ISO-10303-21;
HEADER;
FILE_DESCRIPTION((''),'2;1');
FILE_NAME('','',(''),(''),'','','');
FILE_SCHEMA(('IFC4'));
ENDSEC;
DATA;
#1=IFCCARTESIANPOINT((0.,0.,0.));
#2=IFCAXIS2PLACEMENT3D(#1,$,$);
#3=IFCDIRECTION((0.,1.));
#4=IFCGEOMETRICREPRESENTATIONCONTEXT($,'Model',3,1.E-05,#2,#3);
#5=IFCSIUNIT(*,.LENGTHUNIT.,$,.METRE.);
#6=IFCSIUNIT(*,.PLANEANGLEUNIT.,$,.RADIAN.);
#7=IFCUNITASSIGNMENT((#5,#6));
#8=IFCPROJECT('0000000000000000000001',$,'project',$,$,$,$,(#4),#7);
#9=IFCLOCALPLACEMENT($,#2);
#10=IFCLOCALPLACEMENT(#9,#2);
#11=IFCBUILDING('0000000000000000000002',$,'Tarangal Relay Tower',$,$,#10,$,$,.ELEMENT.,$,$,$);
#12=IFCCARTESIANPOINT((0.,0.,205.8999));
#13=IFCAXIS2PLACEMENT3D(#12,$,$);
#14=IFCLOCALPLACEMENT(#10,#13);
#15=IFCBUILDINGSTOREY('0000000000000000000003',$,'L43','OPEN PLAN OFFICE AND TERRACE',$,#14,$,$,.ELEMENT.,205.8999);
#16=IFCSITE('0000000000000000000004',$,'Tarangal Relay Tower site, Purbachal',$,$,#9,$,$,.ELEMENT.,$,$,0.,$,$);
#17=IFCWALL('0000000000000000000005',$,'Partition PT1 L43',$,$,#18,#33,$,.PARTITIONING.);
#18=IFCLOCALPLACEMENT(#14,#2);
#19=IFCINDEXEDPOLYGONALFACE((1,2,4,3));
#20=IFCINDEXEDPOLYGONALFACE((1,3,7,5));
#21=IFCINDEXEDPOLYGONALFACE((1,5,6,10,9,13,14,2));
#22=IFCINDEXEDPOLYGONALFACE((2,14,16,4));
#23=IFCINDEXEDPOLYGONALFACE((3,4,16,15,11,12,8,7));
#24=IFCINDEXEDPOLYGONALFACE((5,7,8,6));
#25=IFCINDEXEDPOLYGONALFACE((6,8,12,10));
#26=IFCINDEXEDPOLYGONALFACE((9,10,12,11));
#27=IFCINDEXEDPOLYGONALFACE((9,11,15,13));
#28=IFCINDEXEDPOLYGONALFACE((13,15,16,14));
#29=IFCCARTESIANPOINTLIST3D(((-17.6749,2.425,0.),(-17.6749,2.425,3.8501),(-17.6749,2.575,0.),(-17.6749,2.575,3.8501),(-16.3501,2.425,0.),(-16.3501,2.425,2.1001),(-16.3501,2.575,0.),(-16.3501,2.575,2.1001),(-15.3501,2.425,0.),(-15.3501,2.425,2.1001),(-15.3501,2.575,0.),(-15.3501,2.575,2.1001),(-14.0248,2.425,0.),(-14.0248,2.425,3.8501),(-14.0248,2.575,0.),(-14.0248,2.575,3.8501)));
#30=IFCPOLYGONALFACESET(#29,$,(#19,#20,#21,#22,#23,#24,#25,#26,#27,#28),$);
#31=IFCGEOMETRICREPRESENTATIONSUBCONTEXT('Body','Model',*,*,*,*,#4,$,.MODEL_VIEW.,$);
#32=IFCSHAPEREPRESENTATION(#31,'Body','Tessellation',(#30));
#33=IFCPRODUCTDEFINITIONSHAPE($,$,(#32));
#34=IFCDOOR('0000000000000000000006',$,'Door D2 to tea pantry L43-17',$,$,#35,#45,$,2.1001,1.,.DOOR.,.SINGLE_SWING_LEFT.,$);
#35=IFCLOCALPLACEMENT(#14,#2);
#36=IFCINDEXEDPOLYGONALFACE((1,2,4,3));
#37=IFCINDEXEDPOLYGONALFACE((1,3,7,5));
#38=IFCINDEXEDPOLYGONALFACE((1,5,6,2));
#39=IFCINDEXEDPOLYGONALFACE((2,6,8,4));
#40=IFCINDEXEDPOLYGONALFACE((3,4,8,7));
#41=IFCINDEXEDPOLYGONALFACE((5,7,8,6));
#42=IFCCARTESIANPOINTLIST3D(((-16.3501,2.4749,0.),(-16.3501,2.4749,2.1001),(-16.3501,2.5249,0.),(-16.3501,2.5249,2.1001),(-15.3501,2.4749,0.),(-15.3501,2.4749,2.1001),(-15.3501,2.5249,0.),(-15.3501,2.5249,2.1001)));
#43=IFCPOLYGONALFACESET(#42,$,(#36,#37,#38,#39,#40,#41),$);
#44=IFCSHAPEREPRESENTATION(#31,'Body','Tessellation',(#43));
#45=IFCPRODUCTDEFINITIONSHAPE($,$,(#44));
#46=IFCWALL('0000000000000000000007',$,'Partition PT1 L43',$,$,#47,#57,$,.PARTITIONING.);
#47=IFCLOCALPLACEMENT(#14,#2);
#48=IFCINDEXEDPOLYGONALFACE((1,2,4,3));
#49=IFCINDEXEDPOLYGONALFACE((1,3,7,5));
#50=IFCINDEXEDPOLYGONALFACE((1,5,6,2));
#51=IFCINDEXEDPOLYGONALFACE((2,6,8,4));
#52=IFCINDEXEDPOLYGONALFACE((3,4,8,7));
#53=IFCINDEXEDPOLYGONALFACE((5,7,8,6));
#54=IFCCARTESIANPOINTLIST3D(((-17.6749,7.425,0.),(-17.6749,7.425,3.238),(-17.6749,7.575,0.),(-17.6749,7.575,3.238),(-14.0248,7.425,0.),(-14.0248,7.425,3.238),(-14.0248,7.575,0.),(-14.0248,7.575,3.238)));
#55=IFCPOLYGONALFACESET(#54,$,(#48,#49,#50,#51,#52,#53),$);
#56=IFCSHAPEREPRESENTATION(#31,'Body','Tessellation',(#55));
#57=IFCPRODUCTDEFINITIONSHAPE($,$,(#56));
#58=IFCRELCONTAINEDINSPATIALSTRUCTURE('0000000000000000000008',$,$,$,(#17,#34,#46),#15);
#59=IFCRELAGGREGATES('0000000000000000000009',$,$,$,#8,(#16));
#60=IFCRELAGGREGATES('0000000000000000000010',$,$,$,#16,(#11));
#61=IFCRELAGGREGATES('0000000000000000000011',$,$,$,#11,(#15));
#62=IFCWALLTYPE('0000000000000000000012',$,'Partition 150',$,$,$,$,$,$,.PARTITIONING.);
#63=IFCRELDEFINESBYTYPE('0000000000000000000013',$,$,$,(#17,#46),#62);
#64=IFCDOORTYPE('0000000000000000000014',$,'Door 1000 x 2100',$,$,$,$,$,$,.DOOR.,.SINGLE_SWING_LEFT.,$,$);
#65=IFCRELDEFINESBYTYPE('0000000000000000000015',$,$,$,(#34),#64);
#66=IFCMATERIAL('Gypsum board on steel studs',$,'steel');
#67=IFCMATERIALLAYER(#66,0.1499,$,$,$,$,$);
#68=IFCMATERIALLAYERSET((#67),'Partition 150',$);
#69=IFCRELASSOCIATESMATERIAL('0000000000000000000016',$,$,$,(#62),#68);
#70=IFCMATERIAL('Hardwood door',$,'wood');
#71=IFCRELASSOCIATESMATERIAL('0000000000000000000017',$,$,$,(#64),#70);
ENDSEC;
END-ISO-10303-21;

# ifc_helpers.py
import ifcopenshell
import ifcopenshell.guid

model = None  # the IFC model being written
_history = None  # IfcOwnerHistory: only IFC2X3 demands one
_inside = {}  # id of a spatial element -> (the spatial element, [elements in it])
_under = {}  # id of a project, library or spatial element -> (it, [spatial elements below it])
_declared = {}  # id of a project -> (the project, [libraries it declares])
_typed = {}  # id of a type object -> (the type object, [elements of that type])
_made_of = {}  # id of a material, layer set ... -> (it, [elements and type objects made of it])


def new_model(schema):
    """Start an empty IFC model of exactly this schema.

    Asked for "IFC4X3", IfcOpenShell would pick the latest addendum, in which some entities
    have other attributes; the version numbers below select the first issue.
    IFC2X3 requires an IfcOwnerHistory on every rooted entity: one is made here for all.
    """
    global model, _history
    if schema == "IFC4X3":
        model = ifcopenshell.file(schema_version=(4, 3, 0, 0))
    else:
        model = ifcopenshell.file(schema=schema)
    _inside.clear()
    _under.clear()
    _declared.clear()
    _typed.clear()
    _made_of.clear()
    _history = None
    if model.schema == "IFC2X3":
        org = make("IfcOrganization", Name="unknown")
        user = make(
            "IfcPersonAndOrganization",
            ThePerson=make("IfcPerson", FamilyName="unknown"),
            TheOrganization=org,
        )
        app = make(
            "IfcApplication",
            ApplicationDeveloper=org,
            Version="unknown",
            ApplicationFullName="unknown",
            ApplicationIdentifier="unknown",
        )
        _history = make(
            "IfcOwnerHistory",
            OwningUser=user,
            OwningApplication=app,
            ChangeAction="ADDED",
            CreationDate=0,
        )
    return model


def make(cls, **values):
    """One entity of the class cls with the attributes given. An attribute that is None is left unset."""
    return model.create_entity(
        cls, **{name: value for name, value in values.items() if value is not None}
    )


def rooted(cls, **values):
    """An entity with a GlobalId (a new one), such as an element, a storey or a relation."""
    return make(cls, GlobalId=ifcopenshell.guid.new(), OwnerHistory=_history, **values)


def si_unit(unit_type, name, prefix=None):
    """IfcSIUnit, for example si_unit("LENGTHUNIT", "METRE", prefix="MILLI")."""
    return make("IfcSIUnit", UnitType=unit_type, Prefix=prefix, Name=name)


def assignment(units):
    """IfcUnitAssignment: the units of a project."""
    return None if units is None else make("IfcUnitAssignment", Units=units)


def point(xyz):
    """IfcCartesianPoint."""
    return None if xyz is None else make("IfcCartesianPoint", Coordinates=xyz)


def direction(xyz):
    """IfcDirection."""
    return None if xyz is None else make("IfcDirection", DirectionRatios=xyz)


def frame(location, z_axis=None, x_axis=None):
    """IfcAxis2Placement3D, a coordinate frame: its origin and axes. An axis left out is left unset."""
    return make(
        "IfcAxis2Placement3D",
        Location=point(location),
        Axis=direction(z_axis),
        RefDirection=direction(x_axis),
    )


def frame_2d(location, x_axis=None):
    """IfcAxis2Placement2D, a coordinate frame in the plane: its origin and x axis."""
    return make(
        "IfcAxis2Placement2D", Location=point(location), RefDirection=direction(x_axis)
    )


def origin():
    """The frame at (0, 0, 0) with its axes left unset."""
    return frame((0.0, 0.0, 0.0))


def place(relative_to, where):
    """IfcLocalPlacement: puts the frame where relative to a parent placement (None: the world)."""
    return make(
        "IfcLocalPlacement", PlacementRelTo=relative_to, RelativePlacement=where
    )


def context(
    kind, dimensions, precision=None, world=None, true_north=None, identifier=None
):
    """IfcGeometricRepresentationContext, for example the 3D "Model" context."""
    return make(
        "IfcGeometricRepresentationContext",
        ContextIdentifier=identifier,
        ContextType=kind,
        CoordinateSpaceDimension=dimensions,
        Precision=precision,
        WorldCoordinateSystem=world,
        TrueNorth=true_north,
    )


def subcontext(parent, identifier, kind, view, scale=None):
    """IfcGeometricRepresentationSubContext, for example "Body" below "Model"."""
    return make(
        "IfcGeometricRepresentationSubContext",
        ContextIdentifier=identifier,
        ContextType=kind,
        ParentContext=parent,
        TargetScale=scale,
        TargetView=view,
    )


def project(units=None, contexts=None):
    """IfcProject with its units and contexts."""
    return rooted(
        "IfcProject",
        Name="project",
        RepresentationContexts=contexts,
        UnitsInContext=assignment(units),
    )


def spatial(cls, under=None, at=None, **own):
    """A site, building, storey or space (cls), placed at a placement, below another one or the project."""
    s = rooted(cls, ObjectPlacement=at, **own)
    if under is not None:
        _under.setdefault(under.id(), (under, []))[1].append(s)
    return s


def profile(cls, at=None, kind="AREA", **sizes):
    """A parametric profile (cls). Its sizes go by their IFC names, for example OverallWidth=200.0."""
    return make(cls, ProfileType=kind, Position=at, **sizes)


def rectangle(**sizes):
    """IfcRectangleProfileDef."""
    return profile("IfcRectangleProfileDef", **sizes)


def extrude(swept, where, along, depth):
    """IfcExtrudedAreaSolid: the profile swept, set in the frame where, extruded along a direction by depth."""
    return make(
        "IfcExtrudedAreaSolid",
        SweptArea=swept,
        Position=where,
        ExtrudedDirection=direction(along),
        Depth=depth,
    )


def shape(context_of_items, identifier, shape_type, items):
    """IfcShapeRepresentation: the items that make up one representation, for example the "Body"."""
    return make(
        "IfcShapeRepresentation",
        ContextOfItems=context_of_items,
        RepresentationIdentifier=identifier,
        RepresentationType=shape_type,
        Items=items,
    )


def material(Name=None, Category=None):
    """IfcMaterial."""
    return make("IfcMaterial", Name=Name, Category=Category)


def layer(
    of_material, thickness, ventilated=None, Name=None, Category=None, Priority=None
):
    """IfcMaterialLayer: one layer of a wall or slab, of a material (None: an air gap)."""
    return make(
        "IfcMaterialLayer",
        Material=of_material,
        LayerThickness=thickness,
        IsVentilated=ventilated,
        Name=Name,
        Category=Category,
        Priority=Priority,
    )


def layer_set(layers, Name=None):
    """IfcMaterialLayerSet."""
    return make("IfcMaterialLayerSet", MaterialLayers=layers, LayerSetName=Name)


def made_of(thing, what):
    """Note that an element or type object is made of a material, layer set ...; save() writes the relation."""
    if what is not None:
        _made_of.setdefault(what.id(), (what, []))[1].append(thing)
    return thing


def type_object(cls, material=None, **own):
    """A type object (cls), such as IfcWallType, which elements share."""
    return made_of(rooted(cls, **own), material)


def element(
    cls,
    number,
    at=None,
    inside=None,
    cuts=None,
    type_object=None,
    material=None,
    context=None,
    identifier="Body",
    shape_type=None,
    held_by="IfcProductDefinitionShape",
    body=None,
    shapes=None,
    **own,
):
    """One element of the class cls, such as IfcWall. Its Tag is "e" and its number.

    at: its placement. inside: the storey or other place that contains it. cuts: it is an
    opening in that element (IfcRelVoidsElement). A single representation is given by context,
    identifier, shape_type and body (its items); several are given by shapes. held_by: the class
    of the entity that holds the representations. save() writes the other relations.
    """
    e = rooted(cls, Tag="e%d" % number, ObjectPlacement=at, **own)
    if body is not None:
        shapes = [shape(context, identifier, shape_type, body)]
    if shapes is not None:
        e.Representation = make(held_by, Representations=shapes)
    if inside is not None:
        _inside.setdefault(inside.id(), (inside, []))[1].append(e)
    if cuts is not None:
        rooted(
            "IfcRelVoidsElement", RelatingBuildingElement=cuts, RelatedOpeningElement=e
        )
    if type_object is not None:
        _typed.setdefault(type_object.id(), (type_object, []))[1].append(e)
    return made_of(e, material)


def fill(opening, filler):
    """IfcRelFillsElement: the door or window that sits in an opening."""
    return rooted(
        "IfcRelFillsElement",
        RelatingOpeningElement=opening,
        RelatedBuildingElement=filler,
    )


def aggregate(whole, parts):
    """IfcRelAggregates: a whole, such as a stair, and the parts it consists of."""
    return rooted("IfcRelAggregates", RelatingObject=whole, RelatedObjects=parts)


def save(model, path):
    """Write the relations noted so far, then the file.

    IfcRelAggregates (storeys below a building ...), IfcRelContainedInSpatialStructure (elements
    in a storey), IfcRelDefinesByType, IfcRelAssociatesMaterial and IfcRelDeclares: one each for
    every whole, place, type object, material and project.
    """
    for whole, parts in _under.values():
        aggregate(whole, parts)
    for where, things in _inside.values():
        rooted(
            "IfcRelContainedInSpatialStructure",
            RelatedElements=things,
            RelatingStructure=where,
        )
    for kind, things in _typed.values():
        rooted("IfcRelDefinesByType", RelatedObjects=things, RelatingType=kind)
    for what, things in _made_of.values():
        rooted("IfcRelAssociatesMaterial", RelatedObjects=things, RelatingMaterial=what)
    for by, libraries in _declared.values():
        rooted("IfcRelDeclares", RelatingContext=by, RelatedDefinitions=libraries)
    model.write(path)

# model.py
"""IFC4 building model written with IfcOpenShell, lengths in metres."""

from ifc_helpers import new_model, si_unit, direction, frame, frame_2d, origin, place, context, subcontext, project, spatial, rectangle, extrude, material, layer, layer_set, type_object, element, fill, save


model = new_model("IFC4")

# Units and contexts
model_context = context("Model", 3, precision=1e-05, world=origin(), true_north=direction((0.0, 1.0)))
body_context = subcontext(model_context, "Body", "Model", "MODEL_VIEW")
ifc_project = project(units=[si_unit("LENGTHUNIT", "METRE"), si_unit("PLANEANGLEUNIT", "RADIAN")], contexts=[model_context])

# Site, building, storey
site_placement = place(None, origin())
site = spatial("IfcSite", under=ifc_project, at=site_placement, Name="Tarangal Relay Tower site, Purbachal", CompositionType="ELEMENT", RefElevation=0.0)
building_placement = place(site_placement, origin())
building = spatial("IfcBuilding", under=site, at=building_placement, Name="Tarangal Relay Tower", CompositionType="ELEMENT")
storey_placement = place(building_placement, frame((0.0, 0.0, 205.8999)))
storey = spatial("IfcBuildingStorey", under=building, at=storey_placement, Name="L43", Description="OPEN PLAN OFFICE AND TERRACE", CompositionType="ELEMENT", Elevation=205.8999)

# Wall, opening, door
ifc_material_1 = material(Name="Gypsum board on steel studs", Category="steel")
ifc_layer_1 = layer(ifc_material_1, 0.1499)
ifc_layer_set_1 = layer_set([ifc_layer_1], Name="Partition 150")
wall_type_1 = type_object("IfcWallType", Name="Partition 150", PredefinedType="PARTITIONING", material=ifc_layer_set_1)
wall_1_placement = place(storey_placement, frame((-17.675, 2.5, 0.0), z_axis=(0.0, 0.0, 1.0), x_axis=(1.0, 0.0, 0.0)))
wall_1 = element("IfcWall", 1, at=wall_1_placement, inside=storey, type_object=wall_type_1, Name="Partition PT1 L43", PredefinedType="PARTITIONING", context=body_context, shape_type="SweptSolid", body=[
    extrude(rectangle(XDim=3.6501, YDim=0.1499, at=frame_2d((1.8252, 0.0))), origin(), (0.0, 0.0, 1.0), 3.8501),
])
opening_1_placement = place(wall_1_placement, frame((1.325, 0.0, 0.0)))
opening_1 = element("IfcOpeningElement", 2, at=opening_1_placement, cuts=wall_1, PredefinedType="OPENING", context=body_context, shape_type="SweptSolid", body=[
    extrude(rectangle(XDim=1.0, YDim=2.1001, at=frame_2d((0.5, 1.05))), frame((0.0, 0.085, 0.0), z_axis=(0.0, -1.0, 0.0), x_axis=(1.0, 0.0, 0.0)), (0.0, 0.0, 1.0), 0.1699),
])
ifc_material_2 = material(Name="Hardwood door", Category="wood")
door_type_1 = type_object("IfcDoorType", Name="Door 1000 x 2100", OperationType="SINGLE_SWING_LEFT", PredefinedType="DOOR", material=ifc_material_2)
door_1_placement = place(opening_1_placement, origin())
door_1 = element("IfcDoor", 3, at=door_1_placement, inside=storey, type_object=door_type_1, Name="Door D2 to tea pantry L43-17", OperationType="SINGLE_SWING_LEFT", OverallHeight=2.1001, OverallWidth=1.0, PredefinedType="DOOR", context=body_context, shape_type="SweptSolid", body=[
    extrude(rectangle(XDim=1.0, YDim=2.1001, at=frame_2d((0.5, 1.05))), frame((0.0, 0.0249, 0.0), z_axis=(0.0, -1.0, 0.0), x_axis=(1.0, 0.0, 0.0)), (0.0, 0.0, 1.0), 0.05),
])
fill(opening_1, door_1)

# Wall
wall_2_placement = place(storey_placement, frame((-17.675, 7.5, 0.0), z_axis=(0.0, 0.0, 1.0), x_axis=(1.0, 0.0, 0.0)))
element("IfcWall", 4, at=wall_2_placement, inside=storey, type_object=wall_type_1, Name="Partition PT1 L43", PredefinedType="PARTITIONING", context=body_context, shape_type="SweptSolid", body=[
    extrude(rectangle(XDim=3.6501, YDim=0.1499, at=frame_2d((1.8252, 0.0))), origin(), (0.0, 0.0, 1.0), 3.238),
])

save(model, "model.ifc")
